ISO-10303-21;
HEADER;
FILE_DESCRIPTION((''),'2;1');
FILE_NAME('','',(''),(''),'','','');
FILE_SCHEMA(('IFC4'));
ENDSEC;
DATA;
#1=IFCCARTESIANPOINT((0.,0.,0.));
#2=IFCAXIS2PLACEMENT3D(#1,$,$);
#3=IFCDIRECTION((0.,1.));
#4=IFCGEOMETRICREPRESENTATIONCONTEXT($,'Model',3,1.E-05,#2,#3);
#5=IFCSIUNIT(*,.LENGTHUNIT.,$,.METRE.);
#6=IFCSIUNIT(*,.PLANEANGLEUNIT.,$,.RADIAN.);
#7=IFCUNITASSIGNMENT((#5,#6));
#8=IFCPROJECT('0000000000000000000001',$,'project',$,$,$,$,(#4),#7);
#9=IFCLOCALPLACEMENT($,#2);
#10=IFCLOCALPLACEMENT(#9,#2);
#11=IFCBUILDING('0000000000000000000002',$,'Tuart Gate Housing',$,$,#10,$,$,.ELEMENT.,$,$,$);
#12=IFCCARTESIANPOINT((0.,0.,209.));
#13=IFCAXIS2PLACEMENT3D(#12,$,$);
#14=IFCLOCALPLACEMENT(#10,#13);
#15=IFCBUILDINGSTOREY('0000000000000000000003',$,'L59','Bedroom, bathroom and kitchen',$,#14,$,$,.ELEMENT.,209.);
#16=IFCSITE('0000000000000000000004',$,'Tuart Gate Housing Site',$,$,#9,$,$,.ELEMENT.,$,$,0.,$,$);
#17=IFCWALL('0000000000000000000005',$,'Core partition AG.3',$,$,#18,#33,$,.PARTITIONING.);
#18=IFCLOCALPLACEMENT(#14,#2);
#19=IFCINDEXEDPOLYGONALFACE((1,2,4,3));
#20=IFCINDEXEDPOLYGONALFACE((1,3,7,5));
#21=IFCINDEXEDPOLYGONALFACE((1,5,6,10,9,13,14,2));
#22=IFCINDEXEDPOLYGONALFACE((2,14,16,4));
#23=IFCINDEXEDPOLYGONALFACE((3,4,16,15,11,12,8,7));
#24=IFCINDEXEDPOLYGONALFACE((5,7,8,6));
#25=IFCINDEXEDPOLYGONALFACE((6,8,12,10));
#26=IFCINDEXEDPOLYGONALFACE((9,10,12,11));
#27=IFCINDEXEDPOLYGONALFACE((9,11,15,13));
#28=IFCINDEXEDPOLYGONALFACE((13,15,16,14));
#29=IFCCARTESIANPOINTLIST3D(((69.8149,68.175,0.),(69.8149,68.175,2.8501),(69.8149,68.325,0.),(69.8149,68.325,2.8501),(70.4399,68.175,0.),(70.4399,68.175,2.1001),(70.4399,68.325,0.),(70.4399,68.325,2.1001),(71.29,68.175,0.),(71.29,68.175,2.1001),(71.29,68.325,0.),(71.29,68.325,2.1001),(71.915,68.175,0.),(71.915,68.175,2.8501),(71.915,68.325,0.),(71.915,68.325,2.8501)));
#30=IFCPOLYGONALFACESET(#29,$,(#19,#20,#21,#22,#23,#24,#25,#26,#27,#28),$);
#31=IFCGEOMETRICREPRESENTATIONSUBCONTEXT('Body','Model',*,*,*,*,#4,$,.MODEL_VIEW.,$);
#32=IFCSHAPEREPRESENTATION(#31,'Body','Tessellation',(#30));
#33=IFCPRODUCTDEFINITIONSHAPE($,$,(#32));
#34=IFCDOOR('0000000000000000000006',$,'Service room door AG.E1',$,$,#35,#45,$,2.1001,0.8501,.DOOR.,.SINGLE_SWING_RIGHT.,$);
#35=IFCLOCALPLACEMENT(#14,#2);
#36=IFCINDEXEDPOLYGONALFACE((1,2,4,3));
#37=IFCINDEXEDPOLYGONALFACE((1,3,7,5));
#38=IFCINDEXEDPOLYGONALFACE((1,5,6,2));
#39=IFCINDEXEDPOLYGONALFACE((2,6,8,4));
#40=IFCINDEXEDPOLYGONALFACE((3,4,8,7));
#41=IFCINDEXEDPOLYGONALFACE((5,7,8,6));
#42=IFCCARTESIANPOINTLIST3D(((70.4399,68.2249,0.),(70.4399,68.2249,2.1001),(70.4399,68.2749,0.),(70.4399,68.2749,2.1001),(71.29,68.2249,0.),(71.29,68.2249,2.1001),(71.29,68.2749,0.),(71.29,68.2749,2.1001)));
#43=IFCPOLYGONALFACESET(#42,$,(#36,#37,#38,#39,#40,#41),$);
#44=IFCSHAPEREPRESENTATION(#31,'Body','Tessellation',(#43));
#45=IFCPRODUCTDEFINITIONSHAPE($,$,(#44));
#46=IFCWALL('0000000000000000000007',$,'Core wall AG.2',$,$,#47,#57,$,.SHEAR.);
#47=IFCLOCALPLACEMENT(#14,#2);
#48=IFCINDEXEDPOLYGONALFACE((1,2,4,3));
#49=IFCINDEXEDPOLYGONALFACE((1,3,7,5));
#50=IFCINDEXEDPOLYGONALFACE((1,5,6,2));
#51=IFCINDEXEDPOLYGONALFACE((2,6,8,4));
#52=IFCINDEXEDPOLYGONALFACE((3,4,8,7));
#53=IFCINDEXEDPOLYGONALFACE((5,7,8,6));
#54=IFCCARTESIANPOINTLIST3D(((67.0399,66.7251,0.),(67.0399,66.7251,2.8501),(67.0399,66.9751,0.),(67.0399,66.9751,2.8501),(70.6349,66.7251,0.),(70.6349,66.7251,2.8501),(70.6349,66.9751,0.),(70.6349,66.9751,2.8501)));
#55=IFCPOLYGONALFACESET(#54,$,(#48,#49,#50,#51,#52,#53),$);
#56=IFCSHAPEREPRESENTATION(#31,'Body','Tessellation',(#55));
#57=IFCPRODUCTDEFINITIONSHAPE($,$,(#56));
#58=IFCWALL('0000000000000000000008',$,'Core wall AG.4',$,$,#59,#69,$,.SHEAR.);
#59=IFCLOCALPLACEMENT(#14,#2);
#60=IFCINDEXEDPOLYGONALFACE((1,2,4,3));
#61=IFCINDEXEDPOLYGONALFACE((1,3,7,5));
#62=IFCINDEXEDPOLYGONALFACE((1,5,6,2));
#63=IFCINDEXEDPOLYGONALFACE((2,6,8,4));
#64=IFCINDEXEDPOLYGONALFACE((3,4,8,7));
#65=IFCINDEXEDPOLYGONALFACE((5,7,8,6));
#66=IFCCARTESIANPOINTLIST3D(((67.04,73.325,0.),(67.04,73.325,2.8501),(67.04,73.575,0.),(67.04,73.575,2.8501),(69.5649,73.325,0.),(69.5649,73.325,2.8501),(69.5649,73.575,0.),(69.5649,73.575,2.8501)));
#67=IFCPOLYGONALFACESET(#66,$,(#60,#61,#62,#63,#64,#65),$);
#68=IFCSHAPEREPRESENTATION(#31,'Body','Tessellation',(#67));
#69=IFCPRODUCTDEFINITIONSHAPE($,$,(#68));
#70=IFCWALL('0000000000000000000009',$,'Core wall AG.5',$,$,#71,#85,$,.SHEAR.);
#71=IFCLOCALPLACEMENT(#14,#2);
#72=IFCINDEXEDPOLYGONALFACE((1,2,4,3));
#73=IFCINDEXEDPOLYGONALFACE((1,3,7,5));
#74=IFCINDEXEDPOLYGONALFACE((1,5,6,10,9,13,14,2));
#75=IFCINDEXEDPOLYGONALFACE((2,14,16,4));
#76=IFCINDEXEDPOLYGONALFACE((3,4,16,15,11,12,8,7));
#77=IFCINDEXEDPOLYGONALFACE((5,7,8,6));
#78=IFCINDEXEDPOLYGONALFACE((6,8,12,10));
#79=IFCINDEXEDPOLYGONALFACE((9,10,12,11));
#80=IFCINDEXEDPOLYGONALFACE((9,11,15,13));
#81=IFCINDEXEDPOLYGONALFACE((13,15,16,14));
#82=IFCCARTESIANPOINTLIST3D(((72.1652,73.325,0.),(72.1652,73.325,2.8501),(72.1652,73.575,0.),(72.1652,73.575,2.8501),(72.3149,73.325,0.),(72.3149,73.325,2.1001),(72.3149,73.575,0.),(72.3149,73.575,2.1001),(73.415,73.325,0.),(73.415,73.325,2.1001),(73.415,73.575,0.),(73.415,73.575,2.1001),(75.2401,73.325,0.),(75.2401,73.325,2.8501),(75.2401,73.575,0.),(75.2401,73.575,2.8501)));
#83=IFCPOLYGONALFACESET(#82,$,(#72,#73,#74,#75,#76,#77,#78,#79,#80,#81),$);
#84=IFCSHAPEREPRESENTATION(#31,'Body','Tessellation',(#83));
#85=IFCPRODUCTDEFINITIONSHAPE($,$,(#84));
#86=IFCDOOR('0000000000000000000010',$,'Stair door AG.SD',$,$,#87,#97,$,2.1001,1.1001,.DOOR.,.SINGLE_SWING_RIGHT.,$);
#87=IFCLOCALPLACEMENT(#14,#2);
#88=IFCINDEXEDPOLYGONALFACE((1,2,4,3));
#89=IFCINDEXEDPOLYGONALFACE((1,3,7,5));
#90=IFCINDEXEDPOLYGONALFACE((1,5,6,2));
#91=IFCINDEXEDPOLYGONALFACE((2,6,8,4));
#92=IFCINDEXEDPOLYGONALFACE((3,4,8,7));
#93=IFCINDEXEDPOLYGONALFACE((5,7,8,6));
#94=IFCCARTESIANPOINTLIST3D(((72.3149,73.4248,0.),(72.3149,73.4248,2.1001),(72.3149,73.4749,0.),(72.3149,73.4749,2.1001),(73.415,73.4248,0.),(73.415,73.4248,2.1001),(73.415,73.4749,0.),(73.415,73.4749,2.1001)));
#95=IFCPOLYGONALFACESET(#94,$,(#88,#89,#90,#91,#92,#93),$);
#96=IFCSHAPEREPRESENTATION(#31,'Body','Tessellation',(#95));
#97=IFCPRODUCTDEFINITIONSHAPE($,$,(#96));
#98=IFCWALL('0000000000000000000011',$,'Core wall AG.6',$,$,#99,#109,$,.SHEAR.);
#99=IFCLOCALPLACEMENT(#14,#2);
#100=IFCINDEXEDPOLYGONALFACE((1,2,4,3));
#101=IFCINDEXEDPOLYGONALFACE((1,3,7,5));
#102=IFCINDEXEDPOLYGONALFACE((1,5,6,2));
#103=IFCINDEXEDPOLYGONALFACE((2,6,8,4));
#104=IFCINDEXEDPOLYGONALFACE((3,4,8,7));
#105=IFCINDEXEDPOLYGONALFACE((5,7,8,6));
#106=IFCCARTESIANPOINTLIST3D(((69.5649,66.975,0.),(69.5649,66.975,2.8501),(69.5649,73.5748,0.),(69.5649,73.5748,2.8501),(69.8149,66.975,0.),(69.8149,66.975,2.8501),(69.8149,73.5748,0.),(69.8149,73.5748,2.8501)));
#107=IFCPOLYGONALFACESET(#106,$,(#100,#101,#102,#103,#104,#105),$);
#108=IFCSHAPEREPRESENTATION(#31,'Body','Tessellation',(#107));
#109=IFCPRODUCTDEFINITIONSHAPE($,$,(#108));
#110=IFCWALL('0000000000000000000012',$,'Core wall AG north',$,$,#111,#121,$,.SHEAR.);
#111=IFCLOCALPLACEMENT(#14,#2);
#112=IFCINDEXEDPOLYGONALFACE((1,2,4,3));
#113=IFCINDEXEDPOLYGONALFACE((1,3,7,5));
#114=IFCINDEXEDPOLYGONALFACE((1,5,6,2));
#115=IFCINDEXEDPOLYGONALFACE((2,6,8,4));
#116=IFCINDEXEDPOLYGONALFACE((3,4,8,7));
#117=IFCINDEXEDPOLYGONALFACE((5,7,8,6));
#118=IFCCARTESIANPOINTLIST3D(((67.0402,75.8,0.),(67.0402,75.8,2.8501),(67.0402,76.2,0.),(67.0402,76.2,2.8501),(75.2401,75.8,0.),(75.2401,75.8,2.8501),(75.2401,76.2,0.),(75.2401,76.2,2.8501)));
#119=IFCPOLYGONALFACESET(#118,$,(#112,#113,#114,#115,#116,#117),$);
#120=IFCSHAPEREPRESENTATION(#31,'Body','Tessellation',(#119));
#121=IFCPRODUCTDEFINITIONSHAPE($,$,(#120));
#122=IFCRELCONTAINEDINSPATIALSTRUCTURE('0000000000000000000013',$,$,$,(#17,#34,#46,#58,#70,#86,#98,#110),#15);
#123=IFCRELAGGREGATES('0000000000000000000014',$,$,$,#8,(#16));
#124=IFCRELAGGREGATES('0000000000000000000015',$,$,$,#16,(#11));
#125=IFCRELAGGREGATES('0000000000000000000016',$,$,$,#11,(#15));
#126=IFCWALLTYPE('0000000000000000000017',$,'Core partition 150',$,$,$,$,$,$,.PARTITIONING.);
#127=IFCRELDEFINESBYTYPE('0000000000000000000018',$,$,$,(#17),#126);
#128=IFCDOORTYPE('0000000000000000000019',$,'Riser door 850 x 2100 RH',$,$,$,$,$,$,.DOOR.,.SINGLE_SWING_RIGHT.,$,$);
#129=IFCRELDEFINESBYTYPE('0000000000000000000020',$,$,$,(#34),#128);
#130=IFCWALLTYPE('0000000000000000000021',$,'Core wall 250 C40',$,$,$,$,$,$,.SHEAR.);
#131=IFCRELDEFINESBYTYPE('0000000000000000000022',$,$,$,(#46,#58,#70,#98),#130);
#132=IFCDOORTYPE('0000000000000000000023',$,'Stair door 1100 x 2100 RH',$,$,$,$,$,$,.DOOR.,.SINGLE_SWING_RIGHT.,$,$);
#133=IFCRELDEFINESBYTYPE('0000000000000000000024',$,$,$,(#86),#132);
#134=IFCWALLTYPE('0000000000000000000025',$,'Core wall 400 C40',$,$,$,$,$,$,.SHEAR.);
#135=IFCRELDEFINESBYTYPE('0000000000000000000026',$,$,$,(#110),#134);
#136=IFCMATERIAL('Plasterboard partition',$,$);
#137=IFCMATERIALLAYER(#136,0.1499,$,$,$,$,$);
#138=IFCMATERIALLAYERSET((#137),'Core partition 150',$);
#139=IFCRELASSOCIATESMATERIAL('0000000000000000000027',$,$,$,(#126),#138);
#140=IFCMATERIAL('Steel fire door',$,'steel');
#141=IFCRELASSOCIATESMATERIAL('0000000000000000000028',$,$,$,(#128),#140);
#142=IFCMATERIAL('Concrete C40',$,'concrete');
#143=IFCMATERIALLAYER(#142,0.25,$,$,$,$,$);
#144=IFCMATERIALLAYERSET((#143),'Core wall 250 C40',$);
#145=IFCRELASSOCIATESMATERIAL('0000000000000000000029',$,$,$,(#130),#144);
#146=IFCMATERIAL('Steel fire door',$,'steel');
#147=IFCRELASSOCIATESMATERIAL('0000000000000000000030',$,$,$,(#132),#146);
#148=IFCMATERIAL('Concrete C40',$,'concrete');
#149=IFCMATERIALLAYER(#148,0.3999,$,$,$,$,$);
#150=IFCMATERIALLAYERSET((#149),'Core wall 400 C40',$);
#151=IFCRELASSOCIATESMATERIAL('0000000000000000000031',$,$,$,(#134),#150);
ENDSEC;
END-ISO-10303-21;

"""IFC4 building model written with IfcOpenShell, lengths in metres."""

from ifc_helpers import new_model, si_unit, direction, frame, frame_2d, origin, place, context, subcontext, project, spatial, rectangle, extrude, material, layer, layer_set, type_object, element, fill, save


model = new_model("IFC4")

# Units and contexts
model_context = context("Model", 3, precision=1e-05, world=origin(), true_north=direction((0.0, 1.0)))
body_context = subcontext(model_context, "Body", "Model", "MODEL_VIEW")
ifc_project = project(units=[si_unit("LENGTHUNIT", "METRE"), si_unit("PLANEANGLEUNIT", "RADIAN")], contexts=[model_context])

# Site, building, storey
site_placement = place(None, origin())
site = spatial("IfcSite", under=ifc_project, at=site_placement, Name="Tuart Gate Housing Site", CompositionType="ELEMENT", RefElevation=0.0)
building_placement = place(site_placement, origin())
building = spatial("IfcBuilding", under=site, at=building_placement, Name="Tuart Gate Housing", CompositionType="ELEMENT")
storey_placement = place(building_placement, frame((0.0, 0.0, 209.0)))
storey = spatial("IfcBuildingStorey", under=building, at=storey_placement, Name="L59", Description="Bedroom, bathroom and kitchen", CompositionType="ELEMENT", Elevation=209.0)

# Wall, opening, door
ifc_material_1 = material(Name="Plasterboard partition")
ifc_layer_1 = layer(ifc_material_1, 0.1499)
ifc_layer_set_1 = layer_set([ifc_layer_1], Name="Core partition 150")
wall_type_1 = type_object("IfcWallType", Name="Core partition 150", PredefinedType="PARTITIONING", material=ifc_layer_set_1)
wall_1_placement = place(storey_placement, frame((69.8149, 68.25, 0.0), z_axis=(0.0, 0.0, 1.0), x_axis=(1.0, 0.0, 0.0)))
wall_1 = element("IfcWall", 1, at=wall_1_placement, inside=storey, type_object=wall_type_1, Name="Core partition AG.3", PredefinedType="PARTITIONING", context=body_context, shape_type="SweptSolid", body=[
    extrude(rectangle(XDim=2.1001, YDim=0.1499, at=frame_2d((1.05, 0.0))), origin(), (0.0, 0.0, 1.0), 2.8501),
])
opening_1_placement = place(wall_1_placement, frame((0.625, 0.0, 0.0)))
opening_1 = element("IfcOpeningElement", 2, at=opening_1_placement, cuts=wall_1, PredefinedType="OPENING", context=body_context, shape_type="SweptSolid", body=[
    extrude(rectangle(XDim=0.8501, YDim=2.1001, at=frame_2d((0.425, 1.05))), frame((0.0, 0.085, 0.0), z_axis=(0.0, -1.0, 0.0), x_axis=(1.0, 0.0, 0.0)), (0.0, 0.0, 1.0), 0.1699),
])
ifc_material_2 = material(Name="Steel fire door", Category="steel")
door_type_1 = type_object("IfcDoorType", Name="Riser door 850 x 2100 RH", OperationType="SINGLE_SWING_RIGHT", PredefinedType="DOOR", material=ifc_material_2)
door_1_placement = place(opening_1_placement, frame((0.8501, 0.0, 0.0), z_axis=(0.0, 0.0, 1.0), x_axis=(-1.0, 0.0, 0.0)))
door_1 = element("IfcDoor", 3, at=door_1_placement, inside=storey, type_object=door_type_1, Name="Service room door AG.E1", OperationType="SINGLE_SWING_RIGHT", OverallHeight=2.1001, OverallWidth=0.8501, PredefinedType="DOOR", context=body_context, shape_type="SweptSolid", body=[
    extrude(rectangle(XDim=0.8501, YDim=2.1001, at=frame_2d((0.425, 1.05))), frame((0.0, 0.0251, 0.0), z_axis=(0.0, -1.0, 0.0), x_axis=(1.0, 0.0, 0.0)), (0.0, 0.0, 1.0), 0.05),
])
fill(opening_1, door_1)

# Walls
ifc_material_3 = material(Name="Concrete C40", Category="concrete")
ifc_layer_2 = layer(ifc_material_3, 0.25)
ifc_layer_set_2 = layer_set([ifc_layer_2], Name="Core wall 250 C40")
wall_type_2 = type_object("IfcWallType", Name="Core wall 250 C40", PredefinedType="SHEAR", material=ifc_layer_set_2)
wall_2_placement = place(storey_placement, frame((67.04, 66.8501, 0.0), z_axis=(0.0, 0.0, 1.0), x_axis=(1.0, 0.0, 0.0)))
element("IfcWall", 4, at=wall_2_placement, inside=storey, type_object=wall_type_2, Name="Core wall AG.2", PredefinedType="SHEAR", context=body_context, shape_type="SweptSolid", body=[
    extrude(rectangle(XDim=3.595, YDim=0.25, at=frame_2d((1.7974, 0.0))), origin(), (0.0, 0.0, 1.0), 2.8501),
])
wall_3_placement = place(storey_placement, frame((67.04, 73.45, 0.0), z_axis=(0.0, 0.0, 1.0), x_axis=(1.0, 0.0, 0.0)))
element("IfcWall", 5, at=wall_3_placement, inside=storey, type_object=wall_type_2, Name="Core wall AG.4", PredefinedType="SHEAR", context=body_context, shape_type="SweptSolid", body=[
    extrude(rectangle(XDim=2.5249, YDim=0.25, at=frame_2d((1.2625, 0.0))), origin(), (0.0, 0.0, 1.0), 2.8501),
])

# Wall, opening, door
wall_4_placement = place(storey_placement, frame((72.165, 73.45, 0.0), z_axis=(0.0, 0.0, 1.0), x_axis=(1.0, 0.0, 0.0)))
wall_4 = element("IfcWall", 6, at=wall_4_placement, inside=storey, type_object=wall_type_2, Name="Core wall AG.5", PredefinedType="SHEAR", context=body_context, shape_type="SweptSolid", body=[
    extrude(rectangle(XDim=3.075, YDim=0.25, at=frame_2d((1.5376, 0.0))), origin(), (0.0, 0.0, 1.0), 2.8501),
])
opening_2_placement = place(wall_4_placement, frame((0.1499, 0.0, 0.0)))
opening_2 = element("IfcOpeningElement", 7, at=opening_2_placement, cuts=wall_4, PredefinedType="OPENING", context=body_context, shape_type="SweptSolid", body=[
    extrude(rectangle(XDim=1.1001, YDim=2.1001, at=frame_2d((0.55, 1.05))), frame((0.0, 0.135, 0.0), z_axis=(0.0, -1.0, 0.0), x_axis=(1.0, 0.0, 0.0)), (0.0, 0.0, 1.0), 0.27),
])
ifc_material_4 = material(Name="Steel fire door", Category="steel")
door_type_2 = type_object("IfcDoorType", Name="Stair door 1100 x 2100 RH", OperationType="SINGLE_SWING_RIGHT", PredefinedType="DOOR", material=ifc_material_4)
door_2_placement = place(opening_2_placement, frame((1.1001, 0.0, 0.0), z_axis=(0.0, 0.0, 1.0), x_axis=(-1.0, 0.0, 0.0)))
door_2 = element("IfcDoor", 8, at=door_2_placement, inside=storey, type_object=door_type_2, Name="Stair door AG.SD", OperationType="SINGLE_SWING_RIGHT", OverallHeight=2.1001, OverallWidth=1.1001, PredefinedType="DOOR", context=body_context, shape_type="SweptSolid", body=[
    extrude(rectangle(XDim=1.1001, YDim=2.1001, at=frame_2d((0.55, 1.05))), frame((0.0, 0.0251, 0.0), z_axis=(0.0, -1.0, 0.0), x_axis=(1.0, 0.0, 0.0)), (0.0, 0.0, 1.0), 0.05),
])
fill(opening_2, door_2)

# Walls
wall_5_placement = place(storey_placement, frame((69.6899, 66.9751, 0.0), z_axis=(0.0, 0.0, 1.0), x_axis=(0.0, 1.0, 0.0)))
element("IfcWall", 9, at=wall_5_placement, inside=storey, type_object=wall_type_2, Name="Core wall AG.6", PredefinedType="SHEAR", context=body_context, shape_type="SweptSolid", body=[
    extrude(rectangle(XDim=6.5999, YDim=0.25, at=frame_2d((3.2998, 0.0))), origin(), (0.0, 0.0, 1.0), 2.8501),
])
ifc_material_5 = material(Name="Concrete C40", Category="concrete")
ifc_layer_3 = layer(ifc_material_5, 0.3999)
ifc_layer_set_3 = layer_set([ifc_layer_3], Name="Core wall 400 C40")
wall_type_3 = type_object("IfcWallType", Name="Core wall 400 C40", PredefinedType="SHEAR", material=ifc_layer_set_3)
wall_6_placement = place(storey_placement, frame((67.04, 76.0, 0.0), z_axis=(0.0, 0.0, 1.0), x_axis=(1.0, 0.0, 0.0)))
element("IfcWall", 10, at=wall_6_placement, inside=storey, type_object=wall_type_3, Name="Core wall AG north", PredefinedType="SHEAR", context=body_context, shape_type="SweptSolid", body=[
    extrude(rectangle(XDim=8.2, YDim=0.3999, at=frame_2d((4.1001, 0.0))), origin(), (0.0, 0.0, 1.0), 2.8501),
])

save(model, "model.ifc")
